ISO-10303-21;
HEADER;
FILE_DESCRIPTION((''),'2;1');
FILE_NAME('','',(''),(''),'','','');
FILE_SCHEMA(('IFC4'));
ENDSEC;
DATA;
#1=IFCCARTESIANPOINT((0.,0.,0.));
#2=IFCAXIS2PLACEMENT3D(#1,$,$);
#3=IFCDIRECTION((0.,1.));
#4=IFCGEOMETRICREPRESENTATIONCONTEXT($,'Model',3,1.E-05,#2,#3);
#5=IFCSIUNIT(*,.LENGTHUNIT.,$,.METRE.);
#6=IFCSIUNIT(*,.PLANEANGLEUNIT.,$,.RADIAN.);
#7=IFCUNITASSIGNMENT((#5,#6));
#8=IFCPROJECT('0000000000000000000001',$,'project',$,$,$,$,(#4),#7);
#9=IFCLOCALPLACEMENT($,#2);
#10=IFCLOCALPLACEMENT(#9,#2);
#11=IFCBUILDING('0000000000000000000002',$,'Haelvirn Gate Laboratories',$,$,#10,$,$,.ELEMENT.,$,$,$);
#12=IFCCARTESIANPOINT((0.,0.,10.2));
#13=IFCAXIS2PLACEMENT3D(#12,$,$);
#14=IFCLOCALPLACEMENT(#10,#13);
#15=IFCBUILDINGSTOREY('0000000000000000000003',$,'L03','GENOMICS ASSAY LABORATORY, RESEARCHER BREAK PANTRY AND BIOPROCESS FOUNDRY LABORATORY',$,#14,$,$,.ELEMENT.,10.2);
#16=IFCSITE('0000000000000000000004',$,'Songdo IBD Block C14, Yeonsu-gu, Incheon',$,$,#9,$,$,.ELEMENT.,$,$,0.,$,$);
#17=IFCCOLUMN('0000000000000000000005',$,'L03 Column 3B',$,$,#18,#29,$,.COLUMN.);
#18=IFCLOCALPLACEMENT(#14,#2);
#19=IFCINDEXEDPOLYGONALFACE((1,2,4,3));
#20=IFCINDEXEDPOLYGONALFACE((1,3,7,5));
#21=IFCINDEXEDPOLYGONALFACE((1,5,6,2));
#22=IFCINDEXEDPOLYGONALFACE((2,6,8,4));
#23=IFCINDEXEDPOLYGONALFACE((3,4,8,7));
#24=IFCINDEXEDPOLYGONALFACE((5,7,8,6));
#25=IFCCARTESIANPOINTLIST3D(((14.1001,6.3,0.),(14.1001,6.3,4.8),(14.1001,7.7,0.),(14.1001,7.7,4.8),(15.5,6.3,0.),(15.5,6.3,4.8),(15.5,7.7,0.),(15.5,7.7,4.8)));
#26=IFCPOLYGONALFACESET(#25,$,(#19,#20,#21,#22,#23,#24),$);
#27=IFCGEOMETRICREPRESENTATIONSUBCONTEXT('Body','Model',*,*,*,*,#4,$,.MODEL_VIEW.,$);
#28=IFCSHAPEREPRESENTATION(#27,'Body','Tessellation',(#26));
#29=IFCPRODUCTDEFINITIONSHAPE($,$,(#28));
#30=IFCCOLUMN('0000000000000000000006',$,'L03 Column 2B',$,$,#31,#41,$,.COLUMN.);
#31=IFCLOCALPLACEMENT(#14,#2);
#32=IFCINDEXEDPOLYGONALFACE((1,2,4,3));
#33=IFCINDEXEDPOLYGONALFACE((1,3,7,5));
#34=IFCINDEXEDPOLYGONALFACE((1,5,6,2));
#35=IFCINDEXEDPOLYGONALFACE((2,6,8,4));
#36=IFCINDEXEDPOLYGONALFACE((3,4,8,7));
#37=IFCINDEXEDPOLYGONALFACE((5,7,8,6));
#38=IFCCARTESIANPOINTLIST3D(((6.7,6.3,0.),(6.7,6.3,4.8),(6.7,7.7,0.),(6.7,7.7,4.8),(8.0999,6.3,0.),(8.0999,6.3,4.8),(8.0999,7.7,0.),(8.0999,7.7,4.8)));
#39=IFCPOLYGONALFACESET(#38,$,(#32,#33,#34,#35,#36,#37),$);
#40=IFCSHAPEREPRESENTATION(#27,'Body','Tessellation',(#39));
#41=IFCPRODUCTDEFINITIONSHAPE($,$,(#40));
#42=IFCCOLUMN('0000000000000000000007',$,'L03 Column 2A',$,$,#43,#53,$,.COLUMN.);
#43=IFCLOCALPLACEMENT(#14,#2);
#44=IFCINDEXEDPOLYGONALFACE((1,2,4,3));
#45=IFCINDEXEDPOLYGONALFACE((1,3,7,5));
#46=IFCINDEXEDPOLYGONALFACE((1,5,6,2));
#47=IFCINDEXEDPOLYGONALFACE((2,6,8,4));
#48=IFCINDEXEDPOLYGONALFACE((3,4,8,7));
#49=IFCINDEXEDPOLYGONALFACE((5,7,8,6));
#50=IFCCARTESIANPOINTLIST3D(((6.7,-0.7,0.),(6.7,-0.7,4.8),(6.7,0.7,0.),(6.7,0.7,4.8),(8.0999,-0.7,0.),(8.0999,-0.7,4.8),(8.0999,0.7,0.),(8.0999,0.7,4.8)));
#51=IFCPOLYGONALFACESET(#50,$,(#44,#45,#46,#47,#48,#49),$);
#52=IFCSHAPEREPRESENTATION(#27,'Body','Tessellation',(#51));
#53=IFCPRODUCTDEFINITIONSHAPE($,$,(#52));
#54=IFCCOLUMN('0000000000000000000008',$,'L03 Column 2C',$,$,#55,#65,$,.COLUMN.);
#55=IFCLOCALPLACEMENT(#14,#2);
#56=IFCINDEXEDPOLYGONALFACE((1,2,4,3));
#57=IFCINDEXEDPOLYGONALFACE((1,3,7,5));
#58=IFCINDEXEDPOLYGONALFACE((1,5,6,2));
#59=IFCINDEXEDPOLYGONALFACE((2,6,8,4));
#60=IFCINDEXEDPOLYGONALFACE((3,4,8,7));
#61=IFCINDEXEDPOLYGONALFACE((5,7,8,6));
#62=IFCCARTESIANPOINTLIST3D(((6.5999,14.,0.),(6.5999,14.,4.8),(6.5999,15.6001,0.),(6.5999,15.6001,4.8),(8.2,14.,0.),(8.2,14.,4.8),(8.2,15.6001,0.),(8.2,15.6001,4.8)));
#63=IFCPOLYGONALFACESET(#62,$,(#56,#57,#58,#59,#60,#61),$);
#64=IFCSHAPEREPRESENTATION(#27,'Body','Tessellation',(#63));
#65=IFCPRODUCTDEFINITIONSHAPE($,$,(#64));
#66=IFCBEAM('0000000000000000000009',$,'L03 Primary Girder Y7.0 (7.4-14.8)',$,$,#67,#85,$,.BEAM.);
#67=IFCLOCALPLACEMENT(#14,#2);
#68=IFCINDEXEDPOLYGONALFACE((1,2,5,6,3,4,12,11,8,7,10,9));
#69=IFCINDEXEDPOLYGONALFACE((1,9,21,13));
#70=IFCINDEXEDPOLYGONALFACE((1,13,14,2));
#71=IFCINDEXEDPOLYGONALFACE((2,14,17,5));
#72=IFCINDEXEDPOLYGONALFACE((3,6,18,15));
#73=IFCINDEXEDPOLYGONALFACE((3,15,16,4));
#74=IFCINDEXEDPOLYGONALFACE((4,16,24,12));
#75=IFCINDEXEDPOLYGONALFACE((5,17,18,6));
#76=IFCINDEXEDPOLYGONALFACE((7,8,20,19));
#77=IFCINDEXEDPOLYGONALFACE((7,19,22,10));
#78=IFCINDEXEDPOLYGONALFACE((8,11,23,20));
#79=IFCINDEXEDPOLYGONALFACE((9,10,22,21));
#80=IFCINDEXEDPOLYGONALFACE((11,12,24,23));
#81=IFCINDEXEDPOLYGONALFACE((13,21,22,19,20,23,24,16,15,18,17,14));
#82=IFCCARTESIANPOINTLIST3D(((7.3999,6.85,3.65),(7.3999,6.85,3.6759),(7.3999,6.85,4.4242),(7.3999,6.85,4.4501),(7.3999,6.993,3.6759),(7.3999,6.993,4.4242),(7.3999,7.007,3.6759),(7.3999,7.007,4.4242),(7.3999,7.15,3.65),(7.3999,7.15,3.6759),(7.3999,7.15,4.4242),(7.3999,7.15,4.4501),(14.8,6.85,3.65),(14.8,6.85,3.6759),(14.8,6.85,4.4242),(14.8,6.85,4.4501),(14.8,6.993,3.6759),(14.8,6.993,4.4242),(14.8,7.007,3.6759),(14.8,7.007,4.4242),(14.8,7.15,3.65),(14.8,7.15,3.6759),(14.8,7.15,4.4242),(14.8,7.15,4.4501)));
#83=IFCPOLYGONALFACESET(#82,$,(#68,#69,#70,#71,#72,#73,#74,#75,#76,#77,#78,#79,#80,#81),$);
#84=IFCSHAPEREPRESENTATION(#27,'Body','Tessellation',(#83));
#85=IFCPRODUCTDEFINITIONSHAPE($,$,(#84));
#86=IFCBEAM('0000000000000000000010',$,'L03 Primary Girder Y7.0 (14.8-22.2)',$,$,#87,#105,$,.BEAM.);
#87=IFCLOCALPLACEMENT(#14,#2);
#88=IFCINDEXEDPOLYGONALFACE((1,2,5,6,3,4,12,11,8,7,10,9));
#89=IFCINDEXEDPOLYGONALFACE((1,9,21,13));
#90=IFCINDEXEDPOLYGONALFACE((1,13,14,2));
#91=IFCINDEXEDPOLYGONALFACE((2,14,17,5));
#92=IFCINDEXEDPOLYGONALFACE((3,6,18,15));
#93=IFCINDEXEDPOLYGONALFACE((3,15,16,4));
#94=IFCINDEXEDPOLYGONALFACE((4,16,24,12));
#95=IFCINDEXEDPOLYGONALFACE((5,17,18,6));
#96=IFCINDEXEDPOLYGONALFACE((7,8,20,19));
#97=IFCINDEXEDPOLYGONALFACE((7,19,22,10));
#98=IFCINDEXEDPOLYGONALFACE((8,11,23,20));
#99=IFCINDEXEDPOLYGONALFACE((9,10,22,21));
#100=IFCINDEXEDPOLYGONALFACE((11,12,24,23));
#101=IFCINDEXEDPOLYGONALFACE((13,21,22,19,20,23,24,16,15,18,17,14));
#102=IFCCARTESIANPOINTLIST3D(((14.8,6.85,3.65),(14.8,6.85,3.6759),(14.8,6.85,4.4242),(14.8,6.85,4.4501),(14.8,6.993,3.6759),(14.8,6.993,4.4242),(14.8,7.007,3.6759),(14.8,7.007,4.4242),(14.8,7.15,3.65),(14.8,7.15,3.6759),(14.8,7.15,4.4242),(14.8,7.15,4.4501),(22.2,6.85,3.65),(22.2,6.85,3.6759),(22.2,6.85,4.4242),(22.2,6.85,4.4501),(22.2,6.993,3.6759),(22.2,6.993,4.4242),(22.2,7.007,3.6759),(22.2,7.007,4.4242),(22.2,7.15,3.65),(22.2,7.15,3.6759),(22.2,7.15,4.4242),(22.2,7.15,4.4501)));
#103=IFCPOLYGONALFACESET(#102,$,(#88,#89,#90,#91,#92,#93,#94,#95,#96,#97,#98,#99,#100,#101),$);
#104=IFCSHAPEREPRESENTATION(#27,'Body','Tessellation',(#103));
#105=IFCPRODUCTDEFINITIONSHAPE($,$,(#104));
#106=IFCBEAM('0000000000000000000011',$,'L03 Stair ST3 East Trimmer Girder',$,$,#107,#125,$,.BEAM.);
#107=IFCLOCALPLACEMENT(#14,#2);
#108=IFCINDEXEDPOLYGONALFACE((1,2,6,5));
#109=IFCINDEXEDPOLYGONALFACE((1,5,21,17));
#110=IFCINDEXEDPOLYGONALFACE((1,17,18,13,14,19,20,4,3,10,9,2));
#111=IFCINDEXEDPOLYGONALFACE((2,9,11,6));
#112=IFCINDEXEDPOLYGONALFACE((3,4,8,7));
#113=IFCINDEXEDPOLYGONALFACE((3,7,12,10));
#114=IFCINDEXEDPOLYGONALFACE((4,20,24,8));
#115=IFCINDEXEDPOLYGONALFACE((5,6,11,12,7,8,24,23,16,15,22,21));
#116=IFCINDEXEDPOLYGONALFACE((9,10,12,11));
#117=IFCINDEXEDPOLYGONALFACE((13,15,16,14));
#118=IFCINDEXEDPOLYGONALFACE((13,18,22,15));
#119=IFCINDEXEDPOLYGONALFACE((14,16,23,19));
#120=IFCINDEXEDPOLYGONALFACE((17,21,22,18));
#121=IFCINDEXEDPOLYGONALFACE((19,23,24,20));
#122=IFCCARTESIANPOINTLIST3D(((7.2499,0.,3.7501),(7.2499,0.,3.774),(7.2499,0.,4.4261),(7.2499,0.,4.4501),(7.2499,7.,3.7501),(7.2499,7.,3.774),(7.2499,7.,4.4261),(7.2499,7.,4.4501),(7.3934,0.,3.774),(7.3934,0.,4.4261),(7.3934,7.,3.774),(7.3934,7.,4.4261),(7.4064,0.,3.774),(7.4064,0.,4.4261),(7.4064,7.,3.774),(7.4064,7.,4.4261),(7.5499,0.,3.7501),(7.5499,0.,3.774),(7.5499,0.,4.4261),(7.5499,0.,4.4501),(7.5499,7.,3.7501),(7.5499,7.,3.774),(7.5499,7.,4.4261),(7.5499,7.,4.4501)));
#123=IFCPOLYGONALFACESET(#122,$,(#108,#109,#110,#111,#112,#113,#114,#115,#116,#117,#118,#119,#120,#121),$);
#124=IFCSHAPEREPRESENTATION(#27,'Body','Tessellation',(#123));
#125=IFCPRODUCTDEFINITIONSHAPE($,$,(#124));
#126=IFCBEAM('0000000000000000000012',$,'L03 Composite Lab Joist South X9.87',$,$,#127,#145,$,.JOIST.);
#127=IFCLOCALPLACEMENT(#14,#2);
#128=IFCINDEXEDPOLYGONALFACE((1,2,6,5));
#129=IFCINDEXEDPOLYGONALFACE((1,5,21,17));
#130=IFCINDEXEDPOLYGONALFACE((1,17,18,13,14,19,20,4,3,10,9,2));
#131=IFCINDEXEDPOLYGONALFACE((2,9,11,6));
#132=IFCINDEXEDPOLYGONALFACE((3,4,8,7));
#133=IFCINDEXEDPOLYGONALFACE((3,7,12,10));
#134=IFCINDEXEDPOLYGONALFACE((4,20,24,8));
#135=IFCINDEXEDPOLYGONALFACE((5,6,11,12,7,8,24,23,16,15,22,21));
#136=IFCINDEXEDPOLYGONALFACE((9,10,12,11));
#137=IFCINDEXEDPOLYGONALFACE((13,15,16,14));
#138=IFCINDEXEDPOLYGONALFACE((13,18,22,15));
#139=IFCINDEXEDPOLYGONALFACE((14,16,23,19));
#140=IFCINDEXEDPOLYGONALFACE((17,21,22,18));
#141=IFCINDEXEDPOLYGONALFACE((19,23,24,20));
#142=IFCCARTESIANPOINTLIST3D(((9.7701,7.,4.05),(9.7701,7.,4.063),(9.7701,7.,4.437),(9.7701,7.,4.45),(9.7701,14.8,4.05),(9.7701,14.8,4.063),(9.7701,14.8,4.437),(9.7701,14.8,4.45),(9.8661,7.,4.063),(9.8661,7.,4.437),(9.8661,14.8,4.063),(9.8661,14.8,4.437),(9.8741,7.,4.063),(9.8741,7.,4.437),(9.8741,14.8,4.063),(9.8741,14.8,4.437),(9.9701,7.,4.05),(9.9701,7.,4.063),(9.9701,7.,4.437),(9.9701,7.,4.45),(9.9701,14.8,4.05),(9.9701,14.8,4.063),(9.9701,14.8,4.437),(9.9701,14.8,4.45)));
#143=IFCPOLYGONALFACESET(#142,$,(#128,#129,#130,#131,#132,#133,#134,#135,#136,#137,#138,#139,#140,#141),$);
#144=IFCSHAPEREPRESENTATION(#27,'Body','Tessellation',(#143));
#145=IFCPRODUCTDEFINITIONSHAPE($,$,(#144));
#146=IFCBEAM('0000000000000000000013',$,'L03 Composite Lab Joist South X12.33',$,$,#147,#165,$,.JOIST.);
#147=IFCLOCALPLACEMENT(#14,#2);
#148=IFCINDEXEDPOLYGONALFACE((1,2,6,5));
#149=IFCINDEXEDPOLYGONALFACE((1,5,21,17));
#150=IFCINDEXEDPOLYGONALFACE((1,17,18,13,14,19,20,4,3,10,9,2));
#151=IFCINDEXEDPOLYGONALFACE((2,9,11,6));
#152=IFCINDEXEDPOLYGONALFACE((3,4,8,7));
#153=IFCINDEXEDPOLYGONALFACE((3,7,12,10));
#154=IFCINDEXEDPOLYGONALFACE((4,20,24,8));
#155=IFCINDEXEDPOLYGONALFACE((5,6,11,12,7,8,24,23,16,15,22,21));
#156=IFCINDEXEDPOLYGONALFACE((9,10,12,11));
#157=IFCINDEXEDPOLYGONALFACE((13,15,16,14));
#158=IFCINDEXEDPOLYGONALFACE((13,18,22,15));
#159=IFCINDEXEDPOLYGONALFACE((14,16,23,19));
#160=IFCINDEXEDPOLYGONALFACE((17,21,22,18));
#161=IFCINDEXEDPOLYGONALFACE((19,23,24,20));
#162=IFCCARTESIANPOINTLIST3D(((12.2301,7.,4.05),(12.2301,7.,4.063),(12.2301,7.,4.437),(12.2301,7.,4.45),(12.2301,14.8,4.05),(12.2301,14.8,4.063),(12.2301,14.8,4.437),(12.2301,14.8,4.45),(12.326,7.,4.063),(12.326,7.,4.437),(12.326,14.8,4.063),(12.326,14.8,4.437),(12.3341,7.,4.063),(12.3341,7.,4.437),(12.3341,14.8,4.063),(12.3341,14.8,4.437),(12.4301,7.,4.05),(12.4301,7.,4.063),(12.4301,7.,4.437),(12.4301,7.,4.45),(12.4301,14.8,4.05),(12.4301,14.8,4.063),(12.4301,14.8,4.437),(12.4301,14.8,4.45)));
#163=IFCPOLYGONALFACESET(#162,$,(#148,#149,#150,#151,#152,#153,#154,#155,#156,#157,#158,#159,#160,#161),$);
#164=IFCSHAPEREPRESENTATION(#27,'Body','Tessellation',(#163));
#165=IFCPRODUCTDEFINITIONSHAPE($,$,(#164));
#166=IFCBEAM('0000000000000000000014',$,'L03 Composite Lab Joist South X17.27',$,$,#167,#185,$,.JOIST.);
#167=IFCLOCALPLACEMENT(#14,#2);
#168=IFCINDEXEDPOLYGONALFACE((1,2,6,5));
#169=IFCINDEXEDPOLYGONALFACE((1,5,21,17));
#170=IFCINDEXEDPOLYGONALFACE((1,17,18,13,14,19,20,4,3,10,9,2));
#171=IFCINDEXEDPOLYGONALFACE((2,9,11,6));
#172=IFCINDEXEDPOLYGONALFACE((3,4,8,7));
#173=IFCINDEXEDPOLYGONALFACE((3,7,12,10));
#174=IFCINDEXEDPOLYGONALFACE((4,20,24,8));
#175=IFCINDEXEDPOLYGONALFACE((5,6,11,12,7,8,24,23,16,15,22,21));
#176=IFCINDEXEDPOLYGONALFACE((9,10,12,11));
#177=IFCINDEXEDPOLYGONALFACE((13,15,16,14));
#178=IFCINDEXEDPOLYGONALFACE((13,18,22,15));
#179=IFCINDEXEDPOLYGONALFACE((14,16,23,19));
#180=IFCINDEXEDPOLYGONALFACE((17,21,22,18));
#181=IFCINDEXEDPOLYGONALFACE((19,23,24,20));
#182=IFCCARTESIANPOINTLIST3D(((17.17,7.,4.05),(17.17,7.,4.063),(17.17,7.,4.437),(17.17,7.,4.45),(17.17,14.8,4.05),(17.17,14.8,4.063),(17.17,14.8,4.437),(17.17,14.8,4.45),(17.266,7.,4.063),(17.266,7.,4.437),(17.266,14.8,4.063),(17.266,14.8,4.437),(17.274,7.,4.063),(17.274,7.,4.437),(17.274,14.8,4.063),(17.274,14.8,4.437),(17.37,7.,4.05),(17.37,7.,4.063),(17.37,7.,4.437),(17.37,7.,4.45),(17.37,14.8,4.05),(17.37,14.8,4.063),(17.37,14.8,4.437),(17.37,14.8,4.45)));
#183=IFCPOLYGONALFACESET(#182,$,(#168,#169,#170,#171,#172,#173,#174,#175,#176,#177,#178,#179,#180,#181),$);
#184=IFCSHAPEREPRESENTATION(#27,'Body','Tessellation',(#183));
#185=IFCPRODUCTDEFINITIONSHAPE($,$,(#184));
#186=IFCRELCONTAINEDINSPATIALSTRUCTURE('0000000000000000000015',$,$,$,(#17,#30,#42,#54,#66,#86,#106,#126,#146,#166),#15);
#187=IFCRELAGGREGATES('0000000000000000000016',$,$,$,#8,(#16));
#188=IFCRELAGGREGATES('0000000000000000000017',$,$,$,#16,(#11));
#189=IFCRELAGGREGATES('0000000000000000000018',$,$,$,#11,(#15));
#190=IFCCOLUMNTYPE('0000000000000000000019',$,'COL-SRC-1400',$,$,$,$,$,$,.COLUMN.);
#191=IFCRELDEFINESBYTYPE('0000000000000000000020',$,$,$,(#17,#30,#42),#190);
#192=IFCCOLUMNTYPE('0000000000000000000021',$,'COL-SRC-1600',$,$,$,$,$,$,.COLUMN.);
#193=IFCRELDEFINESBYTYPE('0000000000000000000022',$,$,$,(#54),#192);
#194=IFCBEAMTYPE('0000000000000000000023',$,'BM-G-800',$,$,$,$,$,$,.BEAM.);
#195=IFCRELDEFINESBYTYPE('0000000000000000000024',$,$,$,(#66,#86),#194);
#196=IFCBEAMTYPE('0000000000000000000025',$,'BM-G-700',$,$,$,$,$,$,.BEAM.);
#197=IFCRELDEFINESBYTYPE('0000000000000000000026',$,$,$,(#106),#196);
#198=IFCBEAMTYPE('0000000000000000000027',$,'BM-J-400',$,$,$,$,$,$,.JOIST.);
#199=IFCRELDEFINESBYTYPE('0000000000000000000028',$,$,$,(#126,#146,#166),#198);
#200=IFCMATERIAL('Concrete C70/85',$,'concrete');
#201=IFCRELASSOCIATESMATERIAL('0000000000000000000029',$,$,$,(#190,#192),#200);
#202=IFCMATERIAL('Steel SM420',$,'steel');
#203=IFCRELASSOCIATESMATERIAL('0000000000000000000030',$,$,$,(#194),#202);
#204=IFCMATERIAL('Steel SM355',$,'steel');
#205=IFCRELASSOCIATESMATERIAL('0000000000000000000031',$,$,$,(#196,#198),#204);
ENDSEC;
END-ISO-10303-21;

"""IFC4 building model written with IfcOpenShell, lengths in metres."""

from ifc_helpers import new_model, si_unit, direction, frame, origin, origin_2d, place, context, subcontext, project, spatial, rectangle, i_section, extrude, source, transform, mapped, material, material_profile, profile_set, type_object, type_shapes, element, save


model = new_model("IFC4")

# Units and contexts
model_context = context("Model", 3, precision=1e-05, world=origin(), true_north=direction((0.0, 1.0)))
body_context = subcontext(model_context, "Body", "Model", "MODEL_VIEW")
ifc_project = project(units=[si_unit("LENGTHUNIT", "METRE"), si_unit("PLANEANGLEUNIT", "RADIAN")], contexts=[model_context])

# Site, building, storey
site_placement = place(None, origin())
site = spatial("IfcSite", under=ifc_project, at=site_placement, Name="Songdo IBD Block C14, Yeonsu-gu, Incheon", CompositionType="ELEMENT", RefElevation=0.0)
building_placement = place(site_placement, origin())
building = spatial("IfcBuilding", under=site, at=building_placement, Name="Haelvirn Gate Laboratories", CompositionType="ELEMENT")
storey_placement = place(building_placement, frame((0.0, 0.0, 10.2)))
storey = spatial("IfcBuildingStorey", under=building, at=storey_placement, Name="L03", Description="GENOMICS ASSAY LABORATORY, RESEARCHER BREAK PANTRY AND BIOPROCESS FOUNDRY LABORATORY", CompositionType="ELEMENT", Elevation=10.2)

# Columns
ifc_material_1 = material(Name="Concrete C70/85", Category="concrete")
ifc_material_profile_1 = material_profile(ifc_material_1, rectangle(XDim=1.3999, YDim=1.3999, at=origin_2d()), Name="SRC-1400x1400")
ifc_profile_set_1 = profile_set([ifc_material_profile_1], Name="Concrete C70/85")
column_type_1 = type_object("IfcColumnType", Name="COL-SRC-1400", PredefinedType="COLUMN", material=ifc_profile_set_1)
shared_shape_1 = source(origin(), body_context, "Body", "SweptSolid", [
    extrude(rectangle(XDim=1.3999, YDim=1.3999, at=origin_2d()), origin(), (0.0, 0.0, 1.0), 4.8),
])
type_shapes(column_type_1, [shared_shape_1])
for number, where, z_axis, x_axis, name in (
    (1, (14.8, 7.0, 0.0), (0.0, 0.0, 1.0), (1.0, 0.0, 0.0), "L03 Column 3B"),
    (2, (7.3999, 7.0, 0.0), (0.0, 0.0, 1.0), (1.0, 0.0, 0.0), "L03 Column 2B"),
    (3, (7.3999, 0.0, 0.0), (0.0, 0.0, 1.0), (1.0, 0.0, 0.0), "L03 Column 2A"),
):
    element("IfcColumn", number, at=place(storey_placement, frame(where, z_axis=z_axis, x_axis=x_axis)), inside=storey, type_object=column_type_1, Name=name, PredefinedType="COLUMN", context=body_context, shape_type="MappedRepresentation", body=[
        mapped(shared_shape_1, transform((0.0, 0.0, 0.0), scale=1.0)),
    ])
ifc_material_profile_2 = material_profile(ifc_material_1, rectangle(XDim=1.6001, YDim=1.6001, at=origin_2d()), Name="SRC-1600x1600")
ifc_profile_set_2 = profile_set([ifc_material_profile_2], Name="Concrete C70/85")
column_type_2 = type_object("IfcColumnType", Name="COL-SRC-1600", PredefinedType="COLUMN", material=ifc_profile_set_2)
shared_shape_2 = source(origin(), body_context, "Body", "SweptSolid", [
    extrude(rectangle(XDim=1.6001, YDim=1.6001, at=origin_2d()), origin(), (0.0, 0.0, 1.0), 4.8),
])
type_shapes(column_type_2, [shared_shape_2])
column_placement = place(storey_placement, frame((7.3999, 14.8, 0.0), z_axis=(0.0, 0.0, 1.0), x_axis=(1.0, 0.0, 0.0)))
element("IfcColumn", 4, at=column_placement, inside=storey, type_object=column_type_2, Name="L03 Column 2C", PredefinedType="COLUMN", context=body_context, shape_type="MappedRepresentation", body=[
    mapped(shared_shape_2, transform((0.0, 0.0, 0.0), scale=1.0)),
])

# Beams
ifc_material_2 = material(Name="Steel SM420", Category="steel")
ifc_material_profile_3 = material_profile(ifc_material_2, i_section(OverallWidth=0.3, OverallDepth=0.8, WebThickness=0.0139, FlangeThickness=0.0259, at=origin_2d()), Name="H-800x300x14x26")
ifc_profile_set_3 = profile_set([ifc_material_profile_3], Name="Steel SM420")
beam_type_1 = type_object("IfcBeamType", Name="BM-G-800", PredefinedType="BEAM", material=ifc_profile_set_3)
shared_shape_3 = source(origin(), body_context, "Body", "SweptSolid", [
    extrude(i_section(OverallWidth=0.3, OverallDepth=0.8, WebThickness=0.0139, FlangeThickness=0.0259, at=origin_2d()), origin(), (0.0, 0.0, 1.0), 7.4001),
])
beam_1_placement = place(storey_placement, frame((7.3999, 7.0, 4.05), z_axis=(1.0, 0.0, 0.0), x_axis=(0.0, 1.0, 0.0)))
element("IfcBeam", 5, at=beam_1_placement, inside=storey, type_object=beam_type_1, Name="L03 Primary Girder Y7.0 (7.4-14.8)", PredefinedType="BEAM", context=body_context, shape_type="MappedRepresentation", body=[
    mapped(shared_shape_3, transform((0.0, 0.0, 0.0), scale=1.0)),
])
shared_shape_4 = source(origin(), body_context, "Body", "SweptSolid", [
    extrude(i_section(OverallWidth=0.3, OverallDepth=0.8, WebThickness=0.0139, FlangeThickness=0.0259, at=origin_2d()), origin(), (0.0, 0.0, 1.0), 7.3999),
])
type_shapes(beam_type_1, [shared_shape_3, shared_shape_4])
beam_2_placement = place(storey_placement, frame((14.8, 7.0, 4.05), z_axis=(1.0, 0.0, 0.0), x_axis=(0.0, 1.0, 0.0)))
element("IfcBeam", 6, at=beam_2_placement, inside=storey, type_object=beam_type_1, Name="L03 Primary Girder Y7.0 (14.8-22.2)", PredefinedType="BEAM", context=body_context, shape_type="MappedRepresentation", body=[
    mapped(shared_shape_4, transform((0.0, 0.0, 0.0), scale=1.0)),
])
ifc_material_3 = material(Name="Steel SM355", Category="steel")
ifc_material_profile_4 = material_profile(ifc_material_3, i_section(OverallWidth=0.3, OverallDepth=0.7, WebThickness=0.0129, FlangeThickness=0.0239, at=origin_2d()), Name="H-700x300x13x24")
ifc_profile_set_4 = profile_set([ifc_material_profile_4], Name="Steel SM355")
beam_type_2 = type_object("IfcBeamType", Name="BM-G-700", PredefinedType="BEAM", material=ifc_profile_set_4)
shared_shape_5 = source(origin(), body_context, "Body", "SweptSolid", [
    extrude(i_section(OverallWidth=0.3, OverallDepth=0.7, WebThickness=0.0129, FlangeThickness=0.0239, at=origin_2d()), origin(), (0.0, 0.0, 1.0), 7.0),
])
beam_3_placement = place(storey_placement, frame((7.3999, 0.0, 4.1001), z_axis=(0.0, 1.0, 0.0), x_axis=(-1.0, 0.0, 0.0)))
element("IfcBeam", 7, at=beam_3_placement, inside=storey, type_object=beam_type_2, Name="L03 Stair ST3 East Trimmer Girder", PredefinedType="BEAM", context=body_context, shape_type="MappedRepresentation", body=[
    mapped(shared_shape_5, transform((0.0, 0.0, 0.0), scale=1.0)),
])
ifc_material_profile_5 = material_profile(ifc_material_3, i_section(OverallWidth=0.2, OverallDepth=0.3999, WebThickness=0.0081, FlangeThickness=0.0129, at=origin_2d()), Name="H-400x200x8x13")
ifc_profile_set_5 = profile_set([ifc_material_profile_5], Name="Steel SM355")
beam_type_3 = type_object("IfcBeamType", Name="BM-J-400", PredefinedType="JOIST", material=ifc_profile_set_5)
shared_shape_6 = source(origin(), body_context, "Body", "SweptSolid", [
    extrude(i_section(OverallWidth=0.2, OverallDepth=0.3999, WebThickness=0.0081, FlangeThickness=0.0129, at=origin_2d()), origin(), (0.0, 0.0, 1.0), 7.8),
])
type_shapes(beam_type_3, [shared_shape_6])
for number, where, z_axis, x_axis, name in (
    (8, (9.8701, 7.0, 4.25), (0.0, 1.0, 0.0), (-1.0, 0.0, 0.0), "L03 Composite Lab Joist South X9.87"),
    (9, (12.3301, 7.0, 4.25), (0.0, 1.0, 0.0), (-1.0, 0.0, 0.0), "L03 Composite Lab Joist South X12.33"),
    (10, (17.27, 7.0, 4.25), (0.0, 1.0, 0.0), (-1.0, 0.0, 0.0), "L03 Composite Lab Joist South X17.27"),
):
    element("IfcBeam", number, at=place(storey_placement, frame(where, z_axis=z_axis, x_axis=x_axis)), inside=storey, type_object=beam_type_3, Name=name, PredefinedType="JOIST", context=body_context, shape_type="MappedRepresentation", body=[
        mapped(shared_shape_6, transform((0.0, 0.0, 0.0), scale=1.0)),
    ])

save(model, "model.ifc")
